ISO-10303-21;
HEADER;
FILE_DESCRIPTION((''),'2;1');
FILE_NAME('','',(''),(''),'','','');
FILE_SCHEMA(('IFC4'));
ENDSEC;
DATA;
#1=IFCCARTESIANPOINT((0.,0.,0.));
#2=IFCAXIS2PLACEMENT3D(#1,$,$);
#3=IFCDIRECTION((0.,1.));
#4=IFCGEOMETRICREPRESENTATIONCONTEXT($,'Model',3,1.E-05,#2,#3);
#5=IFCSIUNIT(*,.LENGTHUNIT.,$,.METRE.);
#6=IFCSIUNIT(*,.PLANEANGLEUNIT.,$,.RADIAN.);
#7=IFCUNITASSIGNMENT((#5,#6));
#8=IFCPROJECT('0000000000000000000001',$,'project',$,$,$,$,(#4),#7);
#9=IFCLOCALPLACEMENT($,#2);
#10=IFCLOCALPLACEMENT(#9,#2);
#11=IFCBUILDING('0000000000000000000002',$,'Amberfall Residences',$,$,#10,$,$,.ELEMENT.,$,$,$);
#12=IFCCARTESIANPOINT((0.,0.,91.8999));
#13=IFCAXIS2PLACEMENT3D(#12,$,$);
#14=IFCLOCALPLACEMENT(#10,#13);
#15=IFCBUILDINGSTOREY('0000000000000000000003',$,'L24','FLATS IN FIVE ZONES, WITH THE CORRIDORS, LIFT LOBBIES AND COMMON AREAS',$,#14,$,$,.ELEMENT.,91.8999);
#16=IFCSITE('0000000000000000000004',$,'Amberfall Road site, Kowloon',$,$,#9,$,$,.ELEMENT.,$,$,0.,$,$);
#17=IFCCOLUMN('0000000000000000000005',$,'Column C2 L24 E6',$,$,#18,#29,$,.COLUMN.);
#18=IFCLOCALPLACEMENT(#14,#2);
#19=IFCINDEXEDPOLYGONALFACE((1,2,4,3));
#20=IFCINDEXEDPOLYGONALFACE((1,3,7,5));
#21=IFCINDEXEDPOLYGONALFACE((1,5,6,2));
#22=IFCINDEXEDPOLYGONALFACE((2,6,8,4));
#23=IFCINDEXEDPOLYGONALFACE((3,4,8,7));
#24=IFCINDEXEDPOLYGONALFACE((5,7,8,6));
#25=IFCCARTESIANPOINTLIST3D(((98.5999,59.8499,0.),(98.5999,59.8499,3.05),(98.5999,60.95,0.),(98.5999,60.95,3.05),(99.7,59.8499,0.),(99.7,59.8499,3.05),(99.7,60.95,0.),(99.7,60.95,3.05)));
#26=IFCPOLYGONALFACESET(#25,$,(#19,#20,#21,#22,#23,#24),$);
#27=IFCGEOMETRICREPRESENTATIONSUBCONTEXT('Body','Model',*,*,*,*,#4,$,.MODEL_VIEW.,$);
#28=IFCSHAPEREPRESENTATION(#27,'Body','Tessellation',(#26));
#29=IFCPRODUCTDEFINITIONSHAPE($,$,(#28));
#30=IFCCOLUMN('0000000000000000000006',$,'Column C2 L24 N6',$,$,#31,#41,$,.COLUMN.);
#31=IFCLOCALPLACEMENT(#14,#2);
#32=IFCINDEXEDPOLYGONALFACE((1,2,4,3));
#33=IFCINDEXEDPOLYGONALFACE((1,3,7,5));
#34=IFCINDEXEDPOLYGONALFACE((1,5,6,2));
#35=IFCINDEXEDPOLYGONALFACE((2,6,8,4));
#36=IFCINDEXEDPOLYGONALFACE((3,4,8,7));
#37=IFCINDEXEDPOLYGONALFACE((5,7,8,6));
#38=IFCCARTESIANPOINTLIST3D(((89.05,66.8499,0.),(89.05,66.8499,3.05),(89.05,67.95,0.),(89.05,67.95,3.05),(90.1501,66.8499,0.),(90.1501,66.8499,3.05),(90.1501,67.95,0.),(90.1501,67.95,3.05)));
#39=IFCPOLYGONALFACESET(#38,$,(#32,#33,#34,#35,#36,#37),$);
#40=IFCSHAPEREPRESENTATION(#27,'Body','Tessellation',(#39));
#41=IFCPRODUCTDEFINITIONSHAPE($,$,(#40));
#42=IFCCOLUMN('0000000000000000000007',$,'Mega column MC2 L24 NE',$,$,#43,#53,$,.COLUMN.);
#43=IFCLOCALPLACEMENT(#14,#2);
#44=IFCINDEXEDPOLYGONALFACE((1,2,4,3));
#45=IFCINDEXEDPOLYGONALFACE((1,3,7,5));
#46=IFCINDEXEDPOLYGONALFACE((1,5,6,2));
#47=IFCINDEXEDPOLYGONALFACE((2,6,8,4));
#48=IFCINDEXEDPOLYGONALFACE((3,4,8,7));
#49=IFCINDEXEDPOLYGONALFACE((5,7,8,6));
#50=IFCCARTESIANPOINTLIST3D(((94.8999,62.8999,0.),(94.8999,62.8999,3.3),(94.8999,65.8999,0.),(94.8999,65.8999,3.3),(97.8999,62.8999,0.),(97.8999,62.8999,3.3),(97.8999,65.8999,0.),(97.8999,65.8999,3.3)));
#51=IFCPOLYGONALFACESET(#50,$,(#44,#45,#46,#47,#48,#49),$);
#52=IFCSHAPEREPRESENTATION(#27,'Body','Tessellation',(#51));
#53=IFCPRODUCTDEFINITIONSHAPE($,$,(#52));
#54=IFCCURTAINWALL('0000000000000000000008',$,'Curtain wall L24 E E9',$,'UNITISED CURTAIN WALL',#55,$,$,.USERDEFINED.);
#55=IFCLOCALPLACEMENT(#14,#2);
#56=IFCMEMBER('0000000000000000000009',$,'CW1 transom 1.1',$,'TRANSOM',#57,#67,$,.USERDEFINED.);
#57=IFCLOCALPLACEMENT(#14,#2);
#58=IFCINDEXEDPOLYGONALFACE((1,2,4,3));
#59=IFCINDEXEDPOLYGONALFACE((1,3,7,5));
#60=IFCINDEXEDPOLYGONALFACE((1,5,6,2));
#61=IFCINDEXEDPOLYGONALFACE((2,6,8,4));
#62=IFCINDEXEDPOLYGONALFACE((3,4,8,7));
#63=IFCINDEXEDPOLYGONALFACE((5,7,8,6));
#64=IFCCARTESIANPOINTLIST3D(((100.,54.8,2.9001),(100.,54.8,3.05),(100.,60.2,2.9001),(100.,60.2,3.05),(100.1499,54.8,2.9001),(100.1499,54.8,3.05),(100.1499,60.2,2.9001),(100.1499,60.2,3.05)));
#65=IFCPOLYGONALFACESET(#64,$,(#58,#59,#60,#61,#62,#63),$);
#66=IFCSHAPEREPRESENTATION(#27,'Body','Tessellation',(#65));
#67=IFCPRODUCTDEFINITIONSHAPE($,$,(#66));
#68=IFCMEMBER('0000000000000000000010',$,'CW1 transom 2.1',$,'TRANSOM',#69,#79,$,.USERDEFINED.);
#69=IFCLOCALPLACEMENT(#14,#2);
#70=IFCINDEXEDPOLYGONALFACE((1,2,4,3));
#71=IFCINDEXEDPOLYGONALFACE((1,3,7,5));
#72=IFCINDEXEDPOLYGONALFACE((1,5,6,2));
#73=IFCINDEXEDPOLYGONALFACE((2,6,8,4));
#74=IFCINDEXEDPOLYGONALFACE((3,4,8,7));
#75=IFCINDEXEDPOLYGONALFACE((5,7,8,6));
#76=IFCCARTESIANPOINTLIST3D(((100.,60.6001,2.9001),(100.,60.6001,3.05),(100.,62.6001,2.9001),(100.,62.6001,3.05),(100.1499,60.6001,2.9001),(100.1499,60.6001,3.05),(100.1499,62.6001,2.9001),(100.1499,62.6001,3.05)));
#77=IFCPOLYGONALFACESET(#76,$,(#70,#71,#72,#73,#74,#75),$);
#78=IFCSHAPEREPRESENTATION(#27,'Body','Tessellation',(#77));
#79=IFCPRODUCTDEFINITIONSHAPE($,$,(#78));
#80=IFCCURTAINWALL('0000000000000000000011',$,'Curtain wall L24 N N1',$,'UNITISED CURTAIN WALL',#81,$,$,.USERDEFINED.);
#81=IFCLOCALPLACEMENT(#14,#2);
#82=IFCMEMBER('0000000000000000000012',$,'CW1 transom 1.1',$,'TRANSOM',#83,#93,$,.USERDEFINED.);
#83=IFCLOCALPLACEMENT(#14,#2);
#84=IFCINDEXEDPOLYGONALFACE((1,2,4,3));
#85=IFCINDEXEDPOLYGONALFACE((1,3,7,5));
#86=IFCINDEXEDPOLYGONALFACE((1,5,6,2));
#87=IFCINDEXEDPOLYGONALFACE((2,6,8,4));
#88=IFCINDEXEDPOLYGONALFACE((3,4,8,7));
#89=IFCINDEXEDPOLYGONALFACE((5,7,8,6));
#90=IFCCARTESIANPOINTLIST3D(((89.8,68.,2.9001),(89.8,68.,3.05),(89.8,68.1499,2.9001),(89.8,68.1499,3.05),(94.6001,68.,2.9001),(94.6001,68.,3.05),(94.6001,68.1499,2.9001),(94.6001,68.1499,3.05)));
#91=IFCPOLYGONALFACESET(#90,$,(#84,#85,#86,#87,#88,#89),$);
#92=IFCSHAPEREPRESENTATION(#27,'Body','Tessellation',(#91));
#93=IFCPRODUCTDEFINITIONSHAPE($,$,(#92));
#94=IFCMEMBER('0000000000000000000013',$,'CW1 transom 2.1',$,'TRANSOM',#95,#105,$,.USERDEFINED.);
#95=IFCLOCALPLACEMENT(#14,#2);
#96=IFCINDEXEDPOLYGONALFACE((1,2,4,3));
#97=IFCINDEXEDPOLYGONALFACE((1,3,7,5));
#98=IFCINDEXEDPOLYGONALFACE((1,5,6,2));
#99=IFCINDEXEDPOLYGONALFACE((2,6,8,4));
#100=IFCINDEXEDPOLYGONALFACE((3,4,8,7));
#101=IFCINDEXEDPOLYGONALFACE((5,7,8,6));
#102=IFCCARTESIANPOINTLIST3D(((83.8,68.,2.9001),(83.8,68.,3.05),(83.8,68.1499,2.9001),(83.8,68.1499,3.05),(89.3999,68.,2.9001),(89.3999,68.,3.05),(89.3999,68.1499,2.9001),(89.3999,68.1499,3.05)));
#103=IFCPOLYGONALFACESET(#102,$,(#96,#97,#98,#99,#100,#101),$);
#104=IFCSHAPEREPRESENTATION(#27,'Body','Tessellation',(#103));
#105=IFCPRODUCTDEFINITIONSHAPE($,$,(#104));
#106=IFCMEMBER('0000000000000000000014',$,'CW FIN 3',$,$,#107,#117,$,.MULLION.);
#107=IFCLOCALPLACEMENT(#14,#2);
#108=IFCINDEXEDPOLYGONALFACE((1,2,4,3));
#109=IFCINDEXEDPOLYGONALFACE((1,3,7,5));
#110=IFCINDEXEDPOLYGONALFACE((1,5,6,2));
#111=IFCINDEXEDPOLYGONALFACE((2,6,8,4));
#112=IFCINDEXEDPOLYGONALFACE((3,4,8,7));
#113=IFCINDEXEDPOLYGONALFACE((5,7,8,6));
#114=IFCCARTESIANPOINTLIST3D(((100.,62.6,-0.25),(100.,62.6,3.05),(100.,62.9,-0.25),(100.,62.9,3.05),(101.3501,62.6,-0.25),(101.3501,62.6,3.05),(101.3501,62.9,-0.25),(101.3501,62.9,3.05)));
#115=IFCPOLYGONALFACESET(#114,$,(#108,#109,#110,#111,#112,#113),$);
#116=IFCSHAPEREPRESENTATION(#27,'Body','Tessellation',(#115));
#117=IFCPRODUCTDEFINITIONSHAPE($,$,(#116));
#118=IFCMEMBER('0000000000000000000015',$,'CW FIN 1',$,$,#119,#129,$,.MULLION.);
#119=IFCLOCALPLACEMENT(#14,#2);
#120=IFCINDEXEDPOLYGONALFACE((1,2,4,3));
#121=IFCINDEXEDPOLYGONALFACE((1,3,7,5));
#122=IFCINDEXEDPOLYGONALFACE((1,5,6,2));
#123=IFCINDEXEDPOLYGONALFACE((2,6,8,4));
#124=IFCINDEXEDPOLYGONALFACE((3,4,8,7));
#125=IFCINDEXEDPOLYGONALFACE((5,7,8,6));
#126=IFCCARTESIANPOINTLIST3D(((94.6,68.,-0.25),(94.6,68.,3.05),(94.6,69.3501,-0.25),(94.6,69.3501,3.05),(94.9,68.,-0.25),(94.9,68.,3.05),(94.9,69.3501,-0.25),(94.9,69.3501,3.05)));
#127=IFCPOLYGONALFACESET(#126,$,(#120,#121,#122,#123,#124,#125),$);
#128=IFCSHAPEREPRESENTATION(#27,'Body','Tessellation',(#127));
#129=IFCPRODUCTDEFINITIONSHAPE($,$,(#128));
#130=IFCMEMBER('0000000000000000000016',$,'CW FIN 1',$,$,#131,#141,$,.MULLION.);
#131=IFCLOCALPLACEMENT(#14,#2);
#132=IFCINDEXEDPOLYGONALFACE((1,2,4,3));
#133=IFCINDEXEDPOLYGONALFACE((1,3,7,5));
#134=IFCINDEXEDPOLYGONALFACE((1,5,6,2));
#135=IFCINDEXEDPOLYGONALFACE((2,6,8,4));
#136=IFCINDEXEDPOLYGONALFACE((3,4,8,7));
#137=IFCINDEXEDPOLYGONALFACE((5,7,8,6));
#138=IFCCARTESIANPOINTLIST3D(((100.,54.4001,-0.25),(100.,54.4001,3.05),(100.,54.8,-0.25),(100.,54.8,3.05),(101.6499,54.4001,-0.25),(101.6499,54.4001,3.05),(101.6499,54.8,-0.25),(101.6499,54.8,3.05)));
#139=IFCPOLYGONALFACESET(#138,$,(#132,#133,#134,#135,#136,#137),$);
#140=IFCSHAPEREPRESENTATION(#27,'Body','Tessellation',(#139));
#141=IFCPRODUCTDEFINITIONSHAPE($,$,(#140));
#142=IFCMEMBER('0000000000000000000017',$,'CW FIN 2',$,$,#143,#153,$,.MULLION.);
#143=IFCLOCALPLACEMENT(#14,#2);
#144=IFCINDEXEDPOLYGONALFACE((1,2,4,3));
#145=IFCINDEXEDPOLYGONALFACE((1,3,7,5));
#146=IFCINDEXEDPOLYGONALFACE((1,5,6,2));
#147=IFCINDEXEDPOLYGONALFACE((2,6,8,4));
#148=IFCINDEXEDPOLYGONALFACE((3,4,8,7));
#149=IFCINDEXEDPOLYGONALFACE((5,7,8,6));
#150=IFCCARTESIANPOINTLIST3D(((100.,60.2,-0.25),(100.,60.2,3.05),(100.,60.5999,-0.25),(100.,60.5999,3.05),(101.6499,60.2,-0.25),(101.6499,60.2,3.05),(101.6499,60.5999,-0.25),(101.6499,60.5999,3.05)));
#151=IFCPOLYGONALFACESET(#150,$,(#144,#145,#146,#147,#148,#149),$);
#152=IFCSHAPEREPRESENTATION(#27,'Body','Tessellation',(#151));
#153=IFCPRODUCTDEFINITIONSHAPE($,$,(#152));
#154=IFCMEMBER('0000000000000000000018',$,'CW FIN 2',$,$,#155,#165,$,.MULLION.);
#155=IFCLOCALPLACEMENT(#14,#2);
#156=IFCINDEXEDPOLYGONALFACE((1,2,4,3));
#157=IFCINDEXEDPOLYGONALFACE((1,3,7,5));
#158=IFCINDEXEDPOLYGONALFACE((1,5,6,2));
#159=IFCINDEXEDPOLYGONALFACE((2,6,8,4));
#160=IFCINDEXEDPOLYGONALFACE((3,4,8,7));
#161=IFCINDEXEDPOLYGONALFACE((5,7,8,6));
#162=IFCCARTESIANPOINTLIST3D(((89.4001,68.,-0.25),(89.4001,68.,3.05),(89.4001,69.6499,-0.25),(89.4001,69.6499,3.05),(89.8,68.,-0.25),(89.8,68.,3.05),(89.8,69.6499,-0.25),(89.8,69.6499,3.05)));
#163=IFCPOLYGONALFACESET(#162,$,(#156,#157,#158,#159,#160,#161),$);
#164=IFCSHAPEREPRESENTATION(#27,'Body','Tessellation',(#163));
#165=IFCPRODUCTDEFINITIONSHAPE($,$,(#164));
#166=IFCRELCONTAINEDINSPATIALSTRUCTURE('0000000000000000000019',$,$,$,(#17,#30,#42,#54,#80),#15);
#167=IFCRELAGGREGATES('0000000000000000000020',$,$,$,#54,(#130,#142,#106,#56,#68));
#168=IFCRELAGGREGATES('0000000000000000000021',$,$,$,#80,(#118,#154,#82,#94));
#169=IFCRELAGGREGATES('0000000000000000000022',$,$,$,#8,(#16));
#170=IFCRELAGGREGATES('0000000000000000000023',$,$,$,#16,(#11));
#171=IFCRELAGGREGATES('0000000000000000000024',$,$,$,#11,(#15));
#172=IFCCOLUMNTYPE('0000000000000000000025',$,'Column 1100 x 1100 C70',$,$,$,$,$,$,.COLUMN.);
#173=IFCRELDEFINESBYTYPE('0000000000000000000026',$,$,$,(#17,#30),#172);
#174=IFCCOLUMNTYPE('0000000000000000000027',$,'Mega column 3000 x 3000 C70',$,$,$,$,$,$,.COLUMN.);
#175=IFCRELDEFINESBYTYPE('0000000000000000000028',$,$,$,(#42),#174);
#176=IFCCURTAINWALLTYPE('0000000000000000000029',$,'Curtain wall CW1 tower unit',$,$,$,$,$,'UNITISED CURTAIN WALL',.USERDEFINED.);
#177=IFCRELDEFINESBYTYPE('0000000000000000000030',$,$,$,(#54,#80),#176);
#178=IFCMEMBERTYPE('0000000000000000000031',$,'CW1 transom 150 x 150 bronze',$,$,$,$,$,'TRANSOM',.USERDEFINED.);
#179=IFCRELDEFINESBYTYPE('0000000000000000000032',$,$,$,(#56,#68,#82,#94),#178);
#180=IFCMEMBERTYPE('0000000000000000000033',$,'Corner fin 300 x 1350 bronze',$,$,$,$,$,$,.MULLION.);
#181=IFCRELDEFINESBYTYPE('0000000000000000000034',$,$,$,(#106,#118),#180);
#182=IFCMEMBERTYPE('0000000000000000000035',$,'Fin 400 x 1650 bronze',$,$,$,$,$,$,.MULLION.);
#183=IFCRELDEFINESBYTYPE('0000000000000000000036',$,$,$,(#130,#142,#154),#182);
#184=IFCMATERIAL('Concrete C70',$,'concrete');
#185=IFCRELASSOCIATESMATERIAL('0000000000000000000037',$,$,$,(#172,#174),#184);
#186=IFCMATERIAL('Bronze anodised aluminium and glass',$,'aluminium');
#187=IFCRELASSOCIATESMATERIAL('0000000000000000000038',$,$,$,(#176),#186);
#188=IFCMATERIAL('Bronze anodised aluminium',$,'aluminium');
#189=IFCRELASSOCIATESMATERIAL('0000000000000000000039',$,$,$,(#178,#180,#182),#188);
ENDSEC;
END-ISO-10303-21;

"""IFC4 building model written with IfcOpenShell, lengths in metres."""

from ifc_helpers import new_model, si_unit, direction, frame, origin, origin_2d, place, context, subcontext, project, spatial, rectangle, extrude, material, material_profile, profile_set, type_object, element, aggregate, save


model = new_model("IFC4")

# Units and contexts
model_context = context("Model", 3, precision=1e-05, world=origin(), true_north=direction((0.0, 1.0)))
body_context = subcontext(model_context, "Body", "Model", "MODEL_VIEW")
ifc_project = project(units=[si_unit("LENGTHUNIT", "METRE"), si_unit("PLANEANGLEUNIT", "RADIAN")], contexts=[model_context])

# Site, building, storey
site_placement = place(None, origin())
site = spatial("IfcSite", under=ifc_project, at=site_placement, Name="Amberfall Road site, Kowloon", CompositionType="ELEMENT", RefElevation=0.0)
building_placement = place(site_placement, origin())
building = spatial("IfcBuilding", under=site, at=building_placement, Name="Amberfall Residences", CompositionType="ELEMENT")
storey_placement = place(building_placement, frame((0.0, 0.0, 91.8999)))
storey = spatial("IfcBuildingStorey", under=building, at=storey_placement, Name="L24", Description="FLATS IN FIVE ZONES, WITH THE CORRIDORS, LIFT LOBBIES AND COMMON AREAS", CompositionType="ELEMENT", Elevation=91.8999)

# Columns
ifc_material_1 = material(Name="Concrete C70", Category="concrete")
ifc_material_profile_1 = material_profile(ifc_material_1, rectangle(XDim=1.1001, YDim=1.1001, at=origin_2d()), Name="Column 1100 x 1100 C70")
ifc_profile_set_1 = profile_set([ifc_material_profile_1], Name="Concrete C70")
column_type_1 = type_object("IfcColumnType", Name="Column 1100 x 1100 C70", PredefinedType="COLUMN", material=ifc_profile_set_1)
for number, where, z_axis, x_axis, name in (
    (1, (99.1499, 60.3999, 0.0), (0.0, 0.0, 1.0), (1.0, 0.0, 0.0), "Column C2 L24 E6"),
    (2, (89.6001, 67.3999, 0.0), (0.0, 0.0, 1.0), (1.0, 0.0, 0.0), "Column C2 L24 N6"),
):
    element("IfcColumn", number, at=place(storey_placement, frame(where, z_axis=z_axis, x_axis=x_axis)), inside=storey, type_object=column_type_1, Name=name, PredefinedType="COLUMN", context=body_context, shape_type="SweptSolid", body=[
        extrude(rectangle(XDim=1.1001, YDim=1.1001, at=origin_2d()), origin(), (0.0, 0.0, 1.0), 3.05),
    ])
ifc_material_profile_2 = material_profile(ifc_material_1, rectangle(XDim=3.0, YDim=3.0, at=origin_2d()), Name="Mega column 3000 x 3000 C70")
ifc_profile_set_2 = profile_set([ifc_material_profile_2], Name="Concrete C70")
column_type_2 = type_object("IfcColumnType", Name="Mega column 3000 x 3000 C70", PredefinedType="COLUMN", material=ifc_profile_set_2)
column_placement = place(storey_placement, frame((96.3999, 64.3999, 0.0), z_axis=(0.0, 0.0, 1.0), x_axis=(1.0, 0.0, 0.0)))
element("IfcColumn", 3, at=column_placement, inside=storey, type_object=column_type_2, Name="Mega column MC2 L24 NE", PredefinedType="COLUMN", context=body_context, shape_type="SweptSolid", body=[
    extrude(rectangle(XDim=3.0, YDim=3.0, at=origin_2d()), origin(), (0.0, 0.0, 1.0), 3.3),
])

# Curtain walls, members
ifc_material_2 = material(Name="Bronze anodised aluminium and glass", Category="aluminium")
curtain_wall_type = type_object("IfcCurtainWallType", Name="Curtain wall CW1 tower unit", ElementType="UNITISED CURTAIN WALL", PredefinedType="USERDEFINED", material=ifc_material_2)
curtain_wall_1_placement = place(storey_placement, origin())
curtain_wall_1 = element("IfcCurtainWall", 4, at=curtain_wall_1_placement, inside=storey, type_object=curtain_wall_type, Name="Curtain wall L24 E E9", ObjectType="UNITISED CURTAIN WALL", PredefinedType="USERDEFINED")
ifc_material_3 = material(Name="Bronze anodised aluminium", Category="aluminium")
ifc_material_profile_3 = material_profile(ifc_material_3, rectangle(XDim=0.1499, YDim=0.1499, at=origin_2d()), Name="CW1 transom 150 x 150 bronze")
ifc_profile_set_3 = profile_set([ifc_material_profile_3], Name="Bronze anodised aluminium")
member_type_1 = type_object("IfcMemberType", Name="CW1 transom 150 x 150 bronze", ElementType="TRANSOM", PredefinedType="USERDEFINED", material=ifc_profile_set_3)
member_1_placement = place(storey_placement, frame((100.075, 54.8, 2.9751), z_axis=(0.0, 1.0, 0.0), x_axis=(-1.0, 0.0, 0.0)))
member_1 = element("IfcMember", 5, at=member_1_placement, type_object=member_type_1, Name="CW1 transom 1.1", ObjectType="TRANSOM", PredefinedType="USERDEFINED", context=body_context, shape_type="SweptSolid", body=[
    extrude(rectangle(XDim=0.1499, YDim=0.1499, at=origin_2d()), origin(), (0.0, 0.0, 1.0), 5.3999),
])
member_2_placement = place(storey_placement, frame((100.075, 60.6001, 2.9751), z_axis=(0.0, 1.0, 0.0), x_axis=(-1.0, 0.0, 0.0)))
member_2 = element("IfcMember", 6, at=member_2_placement, type_object=member_type_1, Name="CW1 transom 2.1", ObjectType="TRANSOM", PredefinedType="USERDEFINED", context=body_context, shape_type="SweptSolid", body=[
    extrude(rectangle(XDim=0.1499, YDim=0.1499, at=origin_2d()), origin(), (0.0, 0.0, 1.0), 2.0),
])
curtain_wall_2_placement = place(storey_placement, origin())
curtain_wall_2 = element("IfcCurtainWall", 7, at=curtain_wall_2_placement, inside=storey, type_object=curtain_wall_type, Name="Curtain wall L24 N N1", ObjectType="UNITISED CURTAIN WALL", PredefinedType="USERDEFINED")
member_3_placement = place(storey_placement, frame((94.6001, 68.075, 2.9751), z_axis=(-1.0, 0.0, 0.0), x_axis=(0.0, -1.0, 0.0)))
member_3 = element("IfcMember", 8, at=member_3_placement, type_object=member_type_1, Name="CW1 transom 1.1", ObjectType="TRANSOM", PredefinedType="USERDEFINED", context=body_context, shape_type="SweptSolid", body=[
    extrude(rectangle(XDim=0.1499, YDim=0.1499, at=origin_2d()), origin(), (0.0, 0.0, 1.0), 4.8),
])
member_4_placement = place(storey_placement, frame((89.3999, 68.075, 2.9751), z_axis=(-1.0, 0.0, 0.0), x_axis=(0.0, -1.0, 0.0)))
member_4 = element("IfcMember", 9, at=member_4_placement, type_object=member_type_1, Name="CW1 transom 2.1", ObjectType="TRANSOM", PredefinedType="USERDEFINED", context=body_context, shape_type="SweptSolid", body=[
    extrude(rectangle(XDim=0.1499, YDim=0.1499, at=origin_2d()), origin(), (0.0, 0.0, 1.0), 5.5999),
])

# Members
ifc_material_profile_4 = material_profile(ifc_material_3, rectangle(XDim=1.3501, YDim=0.3, at=origin_2d()), Name="Corner fin 300 x 1350 bronze")
ifc_profile_set_4 = profile_set([ifc_material_profile_4], Name="Bronze anodised aluminium")
member_type_2 = type_object("IfcMemberType", Name="Corner fin 300 x 1350 bronze", PredefinedType="MULLION", material=ifc_profile_set_4)
member_5_placement = place(storey_placement, frame((100.675, 62.75, -0.25), z_axis=(0.0, 0.0, 1.0), x_axis=(-1.0, 0.0, 0.0)))
member_5 = element("IfcMember", 10, at=member_5_placement, type_object=member_type_2, Name="CW FIN 3", PredefinedType="MULLION", context=body_context, shape_type="SweptSolid", body=[
    extrude(rectangle(XDim=1.3501, YDim=0.3, at=origin_2d()), origin(), (0.0, 0.0, 1.0), 3.3),
])
member_6_placement = place(storey_placement, frame((94.75, 68.675, -0.25), z_axis=(0.0, 0.0, 1.0), x_axis=(0.0, -1.0, 0.0)))
member_6 = element("IfcMember", 11, at=member_6_placement, type_object=member_type_2, Name="CW FIN 1", PredefinedType="MULLION", context=body_context, shape_type="SweptSolid", body=[
    extrude(rectangle(XDim=1.3501, YDim=0.3, at=origin_2d()), origin(), (0.0, 0.0, 1.0), 3.3),
])
ifc_material_profile_5 = material_profile(ifc_material_3, rectangle(XDim=1.6499, YDim=0.3999, at=origin_2d()), Name="Fin 400 x 1650 bronze")
ifc_profile_set_5 = profile_set([ifc_material_profile_5], Name="Bronze anodised aluminium")
member_type_3 = type_object("IfcMemberType", Name="Fin 400 x 1650 bronze", PredefinedType="MULLION", material=ifc_profile_set_5)
member_7_placement = place(storey_placement, frame((100.825, 54.6001, -0.25), z_axis=(0.0, 0.0, 1.0), x_axis=(-1.0, 0.0, 0.0)))
member_7 = element("IfcMember", 12, at=member_7_placement, type_object=member_type_3, Name="CW FIN 1", PredefinedType="MULLION", context=body_context, shape_type="SweptSolid", body=[
    extrude(rectangle(XDim=1.6499, YDim=0.3999, at=origin_2d()), origin(), (0.0, 0.0, 1.0), 3.3),
])
member_8_placement = place(storey_placement, frame((100.825, 60.3999, -0.25), z_axis=(0.0, 0.0, 1.0), x_axis=(-1.0, 0.0, 0.0)))
member_8 = element("IfcMember", 13, at=member_8_placement, type_object=member_type_3, Name="CW FIN 2", PredefinedType="MULLION", context=body_context, shape_type="SweptSolid", body=[
    extrude(rectangle(XDim=1.6499, YDim=0.3999, at=origin_2d()), origin(), (0.0, 0.0, 1.0), 3.3),
])
member_9_placement = place(storey_placement, frame((89.6001, 68.825, -0.25), z_axis=(0.0, 0.0, 1.0), x_axis=(0.0, -1.0, 0.0)))
member_9 = element("IfcMember", 14, at=member_9_placement, type_object=member_type_3, Name="CW FIN 2", PredefinedType="MULLION", context=body_context, shape_type="SweptSolid", body=[
    extrude(rectangle(XDim=1.6499, YDim=0.3999, at=origin_2d()), origin(), (0.0, 0.0, 1.0), 3.3),
])

aggregate(curtain_wall_1, [member_7, member_8, member_5, member_1, member_2])
aggregate(curtain_wall_2, [member_6, member_9, member_3, member_4])

save(model, "model.ifc")
